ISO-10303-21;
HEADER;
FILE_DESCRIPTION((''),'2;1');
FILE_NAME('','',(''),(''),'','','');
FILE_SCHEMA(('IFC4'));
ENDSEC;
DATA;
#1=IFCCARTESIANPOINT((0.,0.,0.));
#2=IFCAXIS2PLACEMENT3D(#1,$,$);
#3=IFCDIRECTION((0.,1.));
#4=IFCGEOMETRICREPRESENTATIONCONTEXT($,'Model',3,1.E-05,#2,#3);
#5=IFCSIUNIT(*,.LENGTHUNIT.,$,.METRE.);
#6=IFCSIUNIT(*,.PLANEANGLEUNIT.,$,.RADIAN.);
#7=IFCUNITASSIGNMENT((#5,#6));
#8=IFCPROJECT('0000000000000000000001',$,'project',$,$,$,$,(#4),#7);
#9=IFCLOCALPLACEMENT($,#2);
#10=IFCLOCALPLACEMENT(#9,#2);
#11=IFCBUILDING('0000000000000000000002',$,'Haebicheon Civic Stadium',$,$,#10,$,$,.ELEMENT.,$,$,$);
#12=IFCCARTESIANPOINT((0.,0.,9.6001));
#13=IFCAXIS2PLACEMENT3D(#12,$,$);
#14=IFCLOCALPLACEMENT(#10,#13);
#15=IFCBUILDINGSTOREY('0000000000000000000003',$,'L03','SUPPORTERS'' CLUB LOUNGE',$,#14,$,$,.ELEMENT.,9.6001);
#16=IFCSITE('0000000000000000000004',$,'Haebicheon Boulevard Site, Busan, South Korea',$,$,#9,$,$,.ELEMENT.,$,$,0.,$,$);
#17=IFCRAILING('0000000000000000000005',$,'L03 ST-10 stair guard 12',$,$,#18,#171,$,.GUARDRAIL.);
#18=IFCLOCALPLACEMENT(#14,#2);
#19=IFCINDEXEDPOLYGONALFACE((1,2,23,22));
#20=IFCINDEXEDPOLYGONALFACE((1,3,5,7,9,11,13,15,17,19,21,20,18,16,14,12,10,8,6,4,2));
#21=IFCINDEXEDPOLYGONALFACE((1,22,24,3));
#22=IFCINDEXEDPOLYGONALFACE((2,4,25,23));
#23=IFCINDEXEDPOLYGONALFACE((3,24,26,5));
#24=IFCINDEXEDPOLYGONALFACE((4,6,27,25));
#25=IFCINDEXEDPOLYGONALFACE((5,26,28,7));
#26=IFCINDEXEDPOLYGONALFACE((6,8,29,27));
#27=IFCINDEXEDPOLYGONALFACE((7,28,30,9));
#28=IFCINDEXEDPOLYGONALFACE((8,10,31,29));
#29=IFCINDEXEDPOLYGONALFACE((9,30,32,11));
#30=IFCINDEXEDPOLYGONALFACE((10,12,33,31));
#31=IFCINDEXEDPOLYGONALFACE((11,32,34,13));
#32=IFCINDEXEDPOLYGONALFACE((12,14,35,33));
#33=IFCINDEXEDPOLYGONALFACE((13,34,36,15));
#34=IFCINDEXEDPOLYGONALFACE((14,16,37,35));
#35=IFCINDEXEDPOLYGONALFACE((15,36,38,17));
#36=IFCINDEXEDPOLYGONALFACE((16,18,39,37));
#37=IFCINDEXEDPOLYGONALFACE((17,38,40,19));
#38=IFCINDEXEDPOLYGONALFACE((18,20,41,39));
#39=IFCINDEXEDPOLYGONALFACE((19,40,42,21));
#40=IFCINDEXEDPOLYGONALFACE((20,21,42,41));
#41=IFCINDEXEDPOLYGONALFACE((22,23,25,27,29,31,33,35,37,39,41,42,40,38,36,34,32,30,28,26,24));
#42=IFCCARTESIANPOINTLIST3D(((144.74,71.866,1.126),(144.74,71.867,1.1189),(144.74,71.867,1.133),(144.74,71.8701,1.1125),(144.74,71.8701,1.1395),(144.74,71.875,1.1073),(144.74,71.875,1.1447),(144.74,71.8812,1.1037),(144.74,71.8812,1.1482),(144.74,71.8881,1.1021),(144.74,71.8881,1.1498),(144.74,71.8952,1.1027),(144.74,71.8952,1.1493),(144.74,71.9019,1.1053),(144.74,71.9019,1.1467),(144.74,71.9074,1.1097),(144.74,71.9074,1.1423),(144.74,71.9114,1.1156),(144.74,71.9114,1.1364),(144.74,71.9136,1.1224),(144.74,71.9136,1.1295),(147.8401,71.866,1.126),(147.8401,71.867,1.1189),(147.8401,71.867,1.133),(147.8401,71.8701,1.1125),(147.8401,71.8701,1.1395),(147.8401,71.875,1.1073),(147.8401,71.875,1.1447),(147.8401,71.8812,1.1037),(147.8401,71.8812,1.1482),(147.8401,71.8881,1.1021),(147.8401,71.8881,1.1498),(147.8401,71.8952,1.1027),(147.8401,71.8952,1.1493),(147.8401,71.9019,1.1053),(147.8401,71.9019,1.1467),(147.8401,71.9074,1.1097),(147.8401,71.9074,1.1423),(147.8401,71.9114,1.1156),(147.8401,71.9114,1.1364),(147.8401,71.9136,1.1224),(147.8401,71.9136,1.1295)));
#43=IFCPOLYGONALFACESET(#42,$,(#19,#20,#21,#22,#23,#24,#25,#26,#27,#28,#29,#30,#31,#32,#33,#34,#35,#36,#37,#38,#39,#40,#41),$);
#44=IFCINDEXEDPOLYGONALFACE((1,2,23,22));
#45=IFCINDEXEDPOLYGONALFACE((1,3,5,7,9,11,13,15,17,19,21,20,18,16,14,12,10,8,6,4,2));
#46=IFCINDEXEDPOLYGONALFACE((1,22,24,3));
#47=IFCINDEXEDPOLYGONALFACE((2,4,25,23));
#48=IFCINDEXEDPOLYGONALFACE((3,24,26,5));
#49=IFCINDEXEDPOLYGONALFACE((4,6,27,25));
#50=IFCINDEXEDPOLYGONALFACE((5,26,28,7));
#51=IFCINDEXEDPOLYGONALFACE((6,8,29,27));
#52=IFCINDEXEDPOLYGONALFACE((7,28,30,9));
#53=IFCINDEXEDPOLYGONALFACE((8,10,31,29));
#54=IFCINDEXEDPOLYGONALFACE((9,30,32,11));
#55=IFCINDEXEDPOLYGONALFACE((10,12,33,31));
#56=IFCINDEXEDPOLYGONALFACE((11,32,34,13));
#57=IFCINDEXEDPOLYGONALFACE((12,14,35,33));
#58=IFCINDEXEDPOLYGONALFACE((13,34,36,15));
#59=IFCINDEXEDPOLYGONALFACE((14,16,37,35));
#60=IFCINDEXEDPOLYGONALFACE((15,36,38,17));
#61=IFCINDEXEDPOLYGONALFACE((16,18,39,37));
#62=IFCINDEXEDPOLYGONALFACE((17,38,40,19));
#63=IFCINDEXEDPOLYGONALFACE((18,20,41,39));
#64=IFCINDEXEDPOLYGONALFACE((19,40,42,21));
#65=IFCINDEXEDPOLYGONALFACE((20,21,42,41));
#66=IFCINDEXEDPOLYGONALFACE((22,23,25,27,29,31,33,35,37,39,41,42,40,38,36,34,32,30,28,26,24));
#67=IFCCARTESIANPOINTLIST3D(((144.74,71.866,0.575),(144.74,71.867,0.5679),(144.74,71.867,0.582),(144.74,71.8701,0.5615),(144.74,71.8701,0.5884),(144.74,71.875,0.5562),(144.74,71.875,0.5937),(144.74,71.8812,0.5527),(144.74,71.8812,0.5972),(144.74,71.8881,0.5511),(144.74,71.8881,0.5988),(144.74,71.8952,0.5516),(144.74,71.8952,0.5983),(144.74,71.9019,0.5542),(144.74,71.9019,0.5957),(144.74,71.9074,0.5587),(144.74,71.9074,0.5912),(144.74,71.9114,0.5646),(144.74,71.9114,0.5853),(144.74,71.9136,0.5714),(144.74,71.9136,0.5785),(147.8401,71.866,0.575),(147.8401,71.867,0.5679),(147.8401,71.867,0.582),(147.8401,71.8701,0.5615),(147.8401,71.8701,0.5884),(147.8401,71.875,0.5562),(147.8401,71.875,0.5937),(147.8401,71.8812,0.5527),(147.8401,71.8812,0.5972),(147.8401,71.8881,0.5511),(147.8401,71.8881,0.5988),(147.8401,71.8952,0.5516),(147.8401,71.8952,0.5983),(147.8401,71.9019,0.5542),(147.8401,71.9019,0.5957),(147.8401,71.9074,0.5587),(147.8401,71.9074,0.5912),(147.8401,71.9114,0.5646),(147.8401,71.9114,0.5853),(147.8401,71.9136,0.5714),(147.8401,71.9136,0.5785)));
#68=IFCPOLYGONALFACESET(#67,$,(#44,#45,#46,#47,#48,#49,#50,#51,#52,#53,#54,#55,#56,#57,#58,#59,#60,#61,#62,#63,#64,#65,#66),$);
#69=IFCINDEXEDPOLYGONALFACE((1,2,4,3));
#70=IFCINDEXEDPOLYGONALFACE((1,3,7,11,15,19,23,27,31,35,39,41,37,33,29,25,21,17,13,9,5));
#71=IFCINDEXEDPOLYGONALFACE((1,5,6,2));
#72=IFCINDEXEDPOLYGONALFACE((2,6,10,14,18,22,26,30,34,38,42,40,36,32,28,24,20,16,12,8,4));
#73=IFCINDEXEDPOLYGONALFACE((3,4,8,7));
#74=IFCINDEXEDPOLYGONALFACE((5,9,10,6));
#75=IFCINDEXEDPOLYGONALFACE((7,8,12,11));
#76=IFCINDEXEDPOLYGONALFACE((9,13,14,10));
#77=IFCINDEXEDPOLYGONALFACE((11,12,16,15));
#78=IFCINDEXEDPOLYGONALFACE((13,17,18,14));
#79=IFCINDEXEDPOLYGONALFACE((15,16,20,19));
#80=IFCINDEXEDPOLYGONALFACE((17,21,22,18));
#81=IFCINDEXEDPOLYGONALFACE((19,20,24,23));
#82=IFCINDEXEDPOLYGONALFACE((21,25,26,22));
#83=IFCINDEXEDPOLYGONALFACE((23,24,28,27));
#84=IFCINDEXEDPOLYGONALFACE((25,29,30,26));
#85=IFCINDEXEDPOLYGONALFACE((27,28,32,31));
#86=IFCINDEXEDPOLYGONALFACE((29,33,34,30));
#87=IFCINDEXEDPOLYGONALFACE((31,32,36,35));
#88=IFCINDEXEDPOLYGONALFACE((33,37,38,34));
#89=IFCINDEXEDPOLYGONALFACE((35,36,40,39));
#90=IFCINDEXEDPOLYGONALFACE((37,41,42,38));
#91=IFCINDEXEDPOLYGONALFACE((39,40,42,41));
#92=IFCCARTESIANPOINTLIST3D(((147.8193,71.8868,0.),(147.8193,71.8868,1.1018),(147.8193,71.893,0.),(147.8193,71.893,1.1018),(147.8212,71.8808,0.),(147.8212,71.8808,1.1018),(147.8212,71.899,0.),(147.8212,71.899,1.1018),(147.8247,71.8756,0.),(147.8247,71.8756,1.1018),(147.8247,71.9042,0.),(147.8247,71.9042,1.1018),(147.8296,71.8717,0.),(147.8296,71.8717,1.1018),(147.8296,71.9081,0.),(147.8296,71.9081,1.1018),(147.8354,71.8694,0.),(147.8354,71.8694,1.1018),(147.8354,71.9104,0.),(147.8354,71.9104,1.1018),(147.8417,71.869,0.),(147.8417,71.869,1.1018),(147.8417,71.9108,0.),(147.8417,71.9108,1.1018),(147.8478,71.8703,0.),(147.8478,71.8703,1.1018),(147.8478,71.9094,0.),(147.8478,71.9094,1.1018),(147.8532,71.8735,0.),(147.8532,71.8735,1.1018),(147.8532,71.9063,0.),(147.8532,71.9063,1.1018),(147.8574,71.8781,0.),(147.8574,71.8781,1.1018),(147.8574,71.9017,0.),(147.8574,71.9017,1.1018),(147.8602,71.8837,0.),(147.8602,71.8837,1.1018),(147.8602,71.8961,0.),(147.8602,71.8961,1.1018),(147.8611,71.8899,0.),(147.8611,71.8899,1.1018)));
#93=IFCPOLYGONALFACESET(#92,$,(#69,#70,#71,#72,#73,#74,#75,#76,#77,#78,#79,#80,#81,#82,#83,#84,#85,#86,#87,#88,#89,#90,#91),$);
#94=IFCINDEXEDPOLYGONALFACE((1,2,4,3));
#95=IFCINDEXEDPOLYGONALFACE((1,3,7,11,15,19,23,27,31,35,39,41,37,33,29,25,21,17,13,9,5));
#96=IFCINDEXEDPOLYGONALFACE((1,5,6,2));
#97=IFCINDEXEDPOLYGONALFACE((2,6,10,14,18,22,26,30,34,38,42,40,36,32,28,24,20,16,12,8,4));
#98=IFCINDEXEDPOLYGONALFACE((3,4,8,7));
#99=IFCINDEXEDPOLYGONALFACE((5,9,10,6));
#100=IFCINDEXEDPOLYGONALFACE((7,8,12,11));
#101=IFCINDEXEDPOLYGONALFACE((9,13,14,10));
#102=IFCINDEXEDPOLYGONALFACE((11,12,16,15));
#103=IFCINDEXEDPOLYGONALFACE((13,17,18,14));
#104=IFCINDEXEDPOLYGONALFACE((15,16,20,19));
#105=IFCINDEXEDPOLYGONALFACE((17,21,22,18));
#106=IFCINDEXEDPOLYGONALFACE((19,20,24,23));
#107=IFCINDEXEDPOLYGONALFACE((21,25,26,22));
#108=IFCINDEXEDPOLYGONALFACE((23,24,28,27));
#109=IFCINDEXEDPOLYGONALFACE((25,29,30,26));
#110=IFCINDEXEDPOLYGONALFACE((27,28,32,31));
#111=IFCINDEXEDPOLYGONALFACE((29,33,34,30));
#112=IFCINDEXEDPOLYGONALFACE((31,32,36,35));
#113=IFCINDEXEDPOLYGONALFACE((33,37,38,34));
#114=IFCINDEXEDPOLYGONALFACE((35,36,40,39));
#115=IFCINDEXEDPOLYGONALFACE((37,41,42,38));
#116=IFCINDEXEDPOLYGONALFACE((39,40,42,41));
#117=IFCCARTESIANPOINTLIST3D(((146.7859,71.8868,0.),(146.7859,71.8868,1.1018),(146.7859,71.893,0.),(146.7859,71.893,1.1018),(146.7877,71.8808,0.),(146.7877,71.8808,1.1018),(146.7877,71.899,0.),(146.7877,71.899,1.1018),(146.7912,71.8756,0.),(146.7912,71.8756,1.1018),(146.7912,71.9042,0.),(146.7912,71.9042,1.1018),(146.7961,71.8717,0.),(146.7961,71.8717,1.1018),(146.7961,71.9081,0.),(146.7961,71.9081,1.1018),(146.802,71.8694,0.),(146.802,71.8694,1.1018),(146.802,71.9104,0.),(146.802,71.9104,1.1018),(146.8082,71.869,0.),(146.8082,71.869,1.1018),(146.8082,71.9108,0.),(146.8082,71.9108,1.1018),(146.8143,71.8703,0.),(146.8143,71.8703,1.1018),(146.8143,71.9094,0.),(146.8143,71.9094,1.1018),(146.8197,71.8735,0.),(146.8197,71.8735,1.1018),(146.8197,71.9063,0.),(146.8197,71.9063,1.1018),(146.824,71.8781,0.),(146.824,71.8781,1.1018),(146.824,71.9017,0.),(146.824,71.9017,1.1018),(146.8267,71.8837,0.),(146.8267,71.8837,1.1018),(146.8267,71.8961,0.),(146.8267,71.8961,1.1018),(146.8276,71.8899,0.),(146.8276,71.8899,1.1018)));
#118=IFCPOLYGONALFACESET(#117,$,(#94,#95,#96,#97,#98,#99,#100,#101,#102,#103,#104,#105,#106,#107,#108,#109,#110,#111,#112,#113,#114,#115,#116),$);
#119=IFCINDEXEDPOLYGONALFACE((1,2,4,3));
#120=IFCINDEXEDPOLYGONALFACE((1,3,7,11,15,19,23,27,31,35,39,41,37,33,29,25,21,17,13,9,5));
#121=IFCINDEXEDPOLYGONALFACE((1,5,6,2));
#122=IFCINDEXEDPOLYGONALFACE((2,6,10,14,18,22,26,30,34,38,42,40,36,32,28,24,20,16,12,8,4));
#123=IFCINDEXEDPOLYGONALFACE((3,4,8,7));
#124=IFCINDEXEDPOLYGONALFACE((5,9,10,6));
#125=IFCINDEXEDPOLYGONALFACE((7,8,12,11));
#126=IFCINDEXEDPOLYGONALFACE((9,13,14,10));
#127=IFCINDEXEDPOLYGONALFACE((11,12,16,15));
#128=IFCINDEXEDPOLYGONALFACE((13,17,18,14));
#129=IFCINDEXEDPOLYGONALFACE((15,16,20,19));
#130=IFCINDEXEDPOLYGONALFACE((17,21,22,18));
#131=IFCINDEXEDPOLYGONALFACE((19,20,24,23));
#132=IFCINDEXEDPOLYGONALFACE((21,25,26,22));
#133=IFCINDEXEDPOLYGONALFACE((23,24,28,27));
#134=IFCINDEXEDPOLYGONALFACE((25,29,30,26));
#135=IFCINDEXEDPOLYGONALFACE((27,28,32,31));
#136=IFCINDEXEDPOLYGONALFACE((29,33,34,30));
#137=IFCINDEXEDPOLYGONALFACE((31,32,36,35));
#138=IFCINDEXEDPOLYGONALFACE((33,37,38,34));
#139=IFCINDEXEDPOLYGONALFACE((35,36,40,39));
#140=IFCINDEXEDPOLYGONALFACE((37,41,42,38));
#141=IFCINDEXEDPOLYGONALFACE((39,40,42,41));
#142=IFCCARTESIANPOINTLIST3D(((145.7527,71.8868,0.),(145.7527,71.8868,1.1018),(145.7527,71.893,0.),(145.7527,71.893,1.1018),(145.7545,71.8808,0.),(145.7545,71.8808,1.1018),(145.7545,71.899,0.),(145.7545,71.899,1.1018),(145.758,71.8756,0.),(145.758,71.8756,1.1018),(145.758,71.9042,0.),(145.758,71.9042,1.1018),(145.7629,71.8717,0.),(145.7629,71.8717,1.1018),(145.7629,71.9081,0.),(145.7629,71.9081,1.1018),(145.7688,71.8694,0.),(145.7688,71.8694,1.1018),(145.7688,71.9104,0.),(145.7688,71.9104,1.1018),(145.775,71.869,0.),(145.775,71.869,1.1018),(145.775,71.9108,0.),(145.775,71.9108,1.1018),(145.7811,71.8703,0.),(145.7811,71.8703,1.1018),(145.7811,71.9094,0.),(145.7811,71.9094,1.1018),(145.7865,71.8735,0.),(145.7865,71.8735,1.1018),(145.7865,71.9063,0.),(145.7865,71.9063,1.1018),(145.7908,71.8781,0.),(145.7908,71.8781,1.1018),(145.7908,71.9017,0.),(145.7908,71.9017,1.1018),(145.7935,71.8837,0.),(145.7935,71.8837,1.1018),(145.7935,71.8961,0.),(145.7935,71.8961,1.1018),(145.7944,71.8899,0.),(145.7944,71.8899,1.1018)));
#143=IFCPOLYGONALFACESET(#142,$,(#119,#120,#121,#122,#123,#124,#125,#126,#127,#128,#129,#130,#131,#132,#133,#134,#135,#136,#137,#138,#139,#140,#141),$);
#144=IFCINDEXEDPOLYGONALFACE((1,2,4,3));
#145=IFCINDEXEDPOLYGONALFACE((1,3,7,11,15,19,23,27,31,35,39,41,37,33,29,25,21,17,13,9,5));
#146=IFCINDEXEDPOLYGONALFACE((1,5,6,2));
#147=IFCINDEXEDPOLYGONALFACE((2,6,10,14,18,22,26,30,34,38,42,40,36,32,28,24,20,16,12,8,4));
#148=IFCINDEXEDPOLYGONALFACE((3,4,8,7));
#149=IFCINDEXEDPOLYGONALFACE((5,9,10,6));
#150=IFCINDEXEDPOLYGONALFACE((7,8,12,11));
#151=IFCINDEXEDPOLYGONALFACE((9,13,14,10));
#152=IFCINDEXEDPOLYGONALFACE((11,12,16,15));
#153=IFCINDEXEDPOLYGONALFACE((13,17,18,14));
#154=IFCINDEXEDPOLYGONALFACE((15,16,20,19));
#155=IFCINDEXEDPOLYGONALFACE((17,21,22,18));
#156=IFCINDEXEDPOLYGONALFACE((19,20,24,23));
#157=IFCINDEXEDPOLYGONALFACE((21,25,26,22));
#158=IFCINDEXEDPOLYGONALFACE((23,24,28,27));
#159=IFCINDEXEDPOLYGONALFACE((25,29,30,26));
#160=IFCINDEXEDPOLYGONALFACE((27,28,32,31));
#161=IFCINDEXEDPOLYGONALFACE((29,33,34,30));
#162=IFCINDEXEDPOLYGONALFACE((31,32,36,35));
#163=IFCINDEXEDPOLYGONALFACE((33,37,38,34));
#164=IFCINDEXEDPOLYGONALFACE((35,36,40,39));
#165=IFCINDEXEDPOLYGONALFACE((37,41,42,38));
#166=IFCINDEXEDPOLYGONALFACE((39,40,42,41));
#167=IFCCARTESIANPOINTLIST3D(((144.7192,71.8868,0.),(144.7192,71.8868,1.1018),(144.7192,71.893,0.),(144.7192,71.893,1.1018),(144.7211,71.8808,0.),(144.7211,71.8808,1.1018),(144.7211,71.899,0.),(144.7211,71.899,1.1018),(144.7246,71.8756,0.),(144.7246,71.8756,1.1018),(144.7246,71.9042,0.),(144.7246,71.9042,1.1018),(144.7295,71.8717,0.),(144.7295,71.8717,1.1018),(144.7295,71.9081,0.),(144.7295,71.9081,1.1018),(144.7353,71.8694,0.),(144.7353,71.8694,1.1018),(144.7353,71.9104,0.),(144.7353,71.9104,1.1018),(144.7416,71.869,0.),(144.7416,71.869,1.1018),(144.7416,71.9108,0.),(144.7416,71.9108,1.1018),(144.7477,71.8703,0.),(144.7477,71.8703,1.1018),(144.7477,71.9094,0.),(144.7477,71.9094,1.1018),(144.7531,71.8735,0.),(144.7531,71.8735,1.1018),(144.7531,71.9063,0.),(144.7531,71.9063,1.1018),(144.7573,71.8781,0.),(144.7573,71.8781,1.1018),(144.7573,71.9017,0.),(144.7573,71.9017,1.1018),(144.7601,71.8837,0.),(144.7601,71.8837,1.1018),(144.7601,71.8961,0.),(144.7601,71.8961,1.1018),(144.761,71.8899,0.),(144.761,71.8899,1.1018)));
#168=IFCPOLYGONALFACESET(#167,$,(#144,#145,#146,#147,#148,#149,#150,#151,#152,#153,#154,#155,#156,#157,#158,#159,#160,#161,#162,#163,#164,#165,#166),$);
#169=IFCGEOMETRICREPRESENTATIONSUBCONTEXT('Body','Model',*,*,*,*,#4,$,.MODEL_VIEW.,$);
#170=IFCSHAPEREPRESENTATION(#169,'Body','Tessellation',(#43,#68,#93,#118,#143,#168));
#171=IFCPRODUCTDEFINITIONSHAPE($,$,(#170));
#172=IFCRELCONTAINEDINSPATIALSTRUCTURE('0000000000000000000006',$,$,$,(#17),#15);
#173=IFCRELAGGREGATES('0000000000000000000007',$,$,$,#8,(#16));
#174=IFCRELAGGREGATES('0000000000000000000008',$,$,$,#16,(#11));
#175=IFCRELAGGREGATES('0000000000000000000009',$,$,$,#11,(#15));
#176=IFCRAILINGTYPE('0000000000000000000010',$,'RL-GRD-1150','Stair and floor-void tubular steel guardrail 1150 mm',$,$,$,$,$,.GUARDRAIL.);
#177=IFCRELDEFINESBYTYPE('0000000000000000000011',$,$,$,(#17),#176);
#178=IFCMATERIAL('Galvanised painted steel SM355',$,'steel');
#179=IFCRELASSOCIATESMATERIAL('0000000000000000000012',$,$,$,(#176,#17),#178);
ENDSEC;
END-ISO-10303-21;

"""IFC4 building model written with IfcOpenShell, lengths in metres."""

from ifc_helpers import new_model, si_unit, direction, frame, origin, origin_2d, place, context, subcontext, project, spatial, circle, extrude, material, type_object, element, save


model = new_model("IFC4")

# Units and contexts
model_context = context("Model", 3, precision=1e-05, world=origin(), true_north=direction((0.0, 1.0)))
body_context = subcontext(model_context, "Body", "Model", "MODEL_VIEW")
ifc_project = project(units=[si_unit("LENGTHUNIT", "METRE"), si_unit("PLANEANGLEUNIT", "RADIAN")], contexts=[model_context])

# Site, building, storey
site_placement = place(None, origin())
site = spatial("IfcSite", under=ifc_project, at=site_placement, Name="Haebicheon Boulevard Site, Busan, South Korea", CompositionType="ELEMENT", RefElevation=0.0)
building_placement = place(site_placement, origin())
building = spatial("IfcBuilding", under=site, at=building_placement, Name="Haebicheon Civic Stadium", CompositionType="ELEMENT")
storey_placement = place(building_placement, frame((0.0, 0.0, 9.6001)))
storey = spatial("IfcBuildingStorey", under=building, at=storey_placement, Name="L03", Description="SUPPORTERS' CLUB LOUNGE", CompositionType="ELEMENT", Elevation=9.6001)

# Railing
ifc_material_1 = material(Name="Galvanised painted steel SM355", Category="steel")
railing_type_1 = type_object("IfcRailingType", Name="RL-GRD-1150", Description="Stair and floor-void tubular steel guardrail 1150 mm", PredefinedType="GUARDRAIL", material=ifc_material_1)
railing_1_placement = place(storey_placement, frame((147.8401, 71.8899, 0.0)))
element("IfcRailing", 1, at=railing_1_placement, inside=storey, type_object=railing_type_1, material=ifc_material_1, Name="L03 ST-10 stair guard 12", PredefinedType="GUARDRAIL", context=body_context, shape_type="SweptSolid", body=[
    extrude(circle(Radius=0.0239, at=origin_2d()), frame((0.0, 0.0, 1.126), z_axis=(-1.0, 0.0, 0.0), x_axis=(0.0, -1.0, 0.0)), (0.0, 0.0, 1.0), 3.1001),
    extrude(circle(Radius=0.0239, at=origin_2d()), frame((0.0, 0.0, 0.575), z_axis=(-1.0, 0.0, 0.0), x_axis=(0.0, -1.0, 0.0)), (0.0, 0.0, 1.0), 3.1001),
    extrude(circle(Radius=0.021, at=origin_2d()), origin(), (0.0, 0.0, 1.0), 1.1018),
    extrude(circle(Radius=0.021, at=origin_2d()), frame((-1.0334, 0.0, 0.0)), (0.0, 0.0, 1.0), 1.1018),
    extrude(circle(Radius=0.021, at=origin_2d()), frame((-2.0667, 0.0, 0.0)), (0.0, 0.0, 1.0), 1.1018),
    extrude(circle(Radius=0.021, at=origin_2d()), frame((-3.1001, 0.0, 0.0)), (0.0, 0.0, 1.0), 1.1018),
])

save(model, "model.ifc")
